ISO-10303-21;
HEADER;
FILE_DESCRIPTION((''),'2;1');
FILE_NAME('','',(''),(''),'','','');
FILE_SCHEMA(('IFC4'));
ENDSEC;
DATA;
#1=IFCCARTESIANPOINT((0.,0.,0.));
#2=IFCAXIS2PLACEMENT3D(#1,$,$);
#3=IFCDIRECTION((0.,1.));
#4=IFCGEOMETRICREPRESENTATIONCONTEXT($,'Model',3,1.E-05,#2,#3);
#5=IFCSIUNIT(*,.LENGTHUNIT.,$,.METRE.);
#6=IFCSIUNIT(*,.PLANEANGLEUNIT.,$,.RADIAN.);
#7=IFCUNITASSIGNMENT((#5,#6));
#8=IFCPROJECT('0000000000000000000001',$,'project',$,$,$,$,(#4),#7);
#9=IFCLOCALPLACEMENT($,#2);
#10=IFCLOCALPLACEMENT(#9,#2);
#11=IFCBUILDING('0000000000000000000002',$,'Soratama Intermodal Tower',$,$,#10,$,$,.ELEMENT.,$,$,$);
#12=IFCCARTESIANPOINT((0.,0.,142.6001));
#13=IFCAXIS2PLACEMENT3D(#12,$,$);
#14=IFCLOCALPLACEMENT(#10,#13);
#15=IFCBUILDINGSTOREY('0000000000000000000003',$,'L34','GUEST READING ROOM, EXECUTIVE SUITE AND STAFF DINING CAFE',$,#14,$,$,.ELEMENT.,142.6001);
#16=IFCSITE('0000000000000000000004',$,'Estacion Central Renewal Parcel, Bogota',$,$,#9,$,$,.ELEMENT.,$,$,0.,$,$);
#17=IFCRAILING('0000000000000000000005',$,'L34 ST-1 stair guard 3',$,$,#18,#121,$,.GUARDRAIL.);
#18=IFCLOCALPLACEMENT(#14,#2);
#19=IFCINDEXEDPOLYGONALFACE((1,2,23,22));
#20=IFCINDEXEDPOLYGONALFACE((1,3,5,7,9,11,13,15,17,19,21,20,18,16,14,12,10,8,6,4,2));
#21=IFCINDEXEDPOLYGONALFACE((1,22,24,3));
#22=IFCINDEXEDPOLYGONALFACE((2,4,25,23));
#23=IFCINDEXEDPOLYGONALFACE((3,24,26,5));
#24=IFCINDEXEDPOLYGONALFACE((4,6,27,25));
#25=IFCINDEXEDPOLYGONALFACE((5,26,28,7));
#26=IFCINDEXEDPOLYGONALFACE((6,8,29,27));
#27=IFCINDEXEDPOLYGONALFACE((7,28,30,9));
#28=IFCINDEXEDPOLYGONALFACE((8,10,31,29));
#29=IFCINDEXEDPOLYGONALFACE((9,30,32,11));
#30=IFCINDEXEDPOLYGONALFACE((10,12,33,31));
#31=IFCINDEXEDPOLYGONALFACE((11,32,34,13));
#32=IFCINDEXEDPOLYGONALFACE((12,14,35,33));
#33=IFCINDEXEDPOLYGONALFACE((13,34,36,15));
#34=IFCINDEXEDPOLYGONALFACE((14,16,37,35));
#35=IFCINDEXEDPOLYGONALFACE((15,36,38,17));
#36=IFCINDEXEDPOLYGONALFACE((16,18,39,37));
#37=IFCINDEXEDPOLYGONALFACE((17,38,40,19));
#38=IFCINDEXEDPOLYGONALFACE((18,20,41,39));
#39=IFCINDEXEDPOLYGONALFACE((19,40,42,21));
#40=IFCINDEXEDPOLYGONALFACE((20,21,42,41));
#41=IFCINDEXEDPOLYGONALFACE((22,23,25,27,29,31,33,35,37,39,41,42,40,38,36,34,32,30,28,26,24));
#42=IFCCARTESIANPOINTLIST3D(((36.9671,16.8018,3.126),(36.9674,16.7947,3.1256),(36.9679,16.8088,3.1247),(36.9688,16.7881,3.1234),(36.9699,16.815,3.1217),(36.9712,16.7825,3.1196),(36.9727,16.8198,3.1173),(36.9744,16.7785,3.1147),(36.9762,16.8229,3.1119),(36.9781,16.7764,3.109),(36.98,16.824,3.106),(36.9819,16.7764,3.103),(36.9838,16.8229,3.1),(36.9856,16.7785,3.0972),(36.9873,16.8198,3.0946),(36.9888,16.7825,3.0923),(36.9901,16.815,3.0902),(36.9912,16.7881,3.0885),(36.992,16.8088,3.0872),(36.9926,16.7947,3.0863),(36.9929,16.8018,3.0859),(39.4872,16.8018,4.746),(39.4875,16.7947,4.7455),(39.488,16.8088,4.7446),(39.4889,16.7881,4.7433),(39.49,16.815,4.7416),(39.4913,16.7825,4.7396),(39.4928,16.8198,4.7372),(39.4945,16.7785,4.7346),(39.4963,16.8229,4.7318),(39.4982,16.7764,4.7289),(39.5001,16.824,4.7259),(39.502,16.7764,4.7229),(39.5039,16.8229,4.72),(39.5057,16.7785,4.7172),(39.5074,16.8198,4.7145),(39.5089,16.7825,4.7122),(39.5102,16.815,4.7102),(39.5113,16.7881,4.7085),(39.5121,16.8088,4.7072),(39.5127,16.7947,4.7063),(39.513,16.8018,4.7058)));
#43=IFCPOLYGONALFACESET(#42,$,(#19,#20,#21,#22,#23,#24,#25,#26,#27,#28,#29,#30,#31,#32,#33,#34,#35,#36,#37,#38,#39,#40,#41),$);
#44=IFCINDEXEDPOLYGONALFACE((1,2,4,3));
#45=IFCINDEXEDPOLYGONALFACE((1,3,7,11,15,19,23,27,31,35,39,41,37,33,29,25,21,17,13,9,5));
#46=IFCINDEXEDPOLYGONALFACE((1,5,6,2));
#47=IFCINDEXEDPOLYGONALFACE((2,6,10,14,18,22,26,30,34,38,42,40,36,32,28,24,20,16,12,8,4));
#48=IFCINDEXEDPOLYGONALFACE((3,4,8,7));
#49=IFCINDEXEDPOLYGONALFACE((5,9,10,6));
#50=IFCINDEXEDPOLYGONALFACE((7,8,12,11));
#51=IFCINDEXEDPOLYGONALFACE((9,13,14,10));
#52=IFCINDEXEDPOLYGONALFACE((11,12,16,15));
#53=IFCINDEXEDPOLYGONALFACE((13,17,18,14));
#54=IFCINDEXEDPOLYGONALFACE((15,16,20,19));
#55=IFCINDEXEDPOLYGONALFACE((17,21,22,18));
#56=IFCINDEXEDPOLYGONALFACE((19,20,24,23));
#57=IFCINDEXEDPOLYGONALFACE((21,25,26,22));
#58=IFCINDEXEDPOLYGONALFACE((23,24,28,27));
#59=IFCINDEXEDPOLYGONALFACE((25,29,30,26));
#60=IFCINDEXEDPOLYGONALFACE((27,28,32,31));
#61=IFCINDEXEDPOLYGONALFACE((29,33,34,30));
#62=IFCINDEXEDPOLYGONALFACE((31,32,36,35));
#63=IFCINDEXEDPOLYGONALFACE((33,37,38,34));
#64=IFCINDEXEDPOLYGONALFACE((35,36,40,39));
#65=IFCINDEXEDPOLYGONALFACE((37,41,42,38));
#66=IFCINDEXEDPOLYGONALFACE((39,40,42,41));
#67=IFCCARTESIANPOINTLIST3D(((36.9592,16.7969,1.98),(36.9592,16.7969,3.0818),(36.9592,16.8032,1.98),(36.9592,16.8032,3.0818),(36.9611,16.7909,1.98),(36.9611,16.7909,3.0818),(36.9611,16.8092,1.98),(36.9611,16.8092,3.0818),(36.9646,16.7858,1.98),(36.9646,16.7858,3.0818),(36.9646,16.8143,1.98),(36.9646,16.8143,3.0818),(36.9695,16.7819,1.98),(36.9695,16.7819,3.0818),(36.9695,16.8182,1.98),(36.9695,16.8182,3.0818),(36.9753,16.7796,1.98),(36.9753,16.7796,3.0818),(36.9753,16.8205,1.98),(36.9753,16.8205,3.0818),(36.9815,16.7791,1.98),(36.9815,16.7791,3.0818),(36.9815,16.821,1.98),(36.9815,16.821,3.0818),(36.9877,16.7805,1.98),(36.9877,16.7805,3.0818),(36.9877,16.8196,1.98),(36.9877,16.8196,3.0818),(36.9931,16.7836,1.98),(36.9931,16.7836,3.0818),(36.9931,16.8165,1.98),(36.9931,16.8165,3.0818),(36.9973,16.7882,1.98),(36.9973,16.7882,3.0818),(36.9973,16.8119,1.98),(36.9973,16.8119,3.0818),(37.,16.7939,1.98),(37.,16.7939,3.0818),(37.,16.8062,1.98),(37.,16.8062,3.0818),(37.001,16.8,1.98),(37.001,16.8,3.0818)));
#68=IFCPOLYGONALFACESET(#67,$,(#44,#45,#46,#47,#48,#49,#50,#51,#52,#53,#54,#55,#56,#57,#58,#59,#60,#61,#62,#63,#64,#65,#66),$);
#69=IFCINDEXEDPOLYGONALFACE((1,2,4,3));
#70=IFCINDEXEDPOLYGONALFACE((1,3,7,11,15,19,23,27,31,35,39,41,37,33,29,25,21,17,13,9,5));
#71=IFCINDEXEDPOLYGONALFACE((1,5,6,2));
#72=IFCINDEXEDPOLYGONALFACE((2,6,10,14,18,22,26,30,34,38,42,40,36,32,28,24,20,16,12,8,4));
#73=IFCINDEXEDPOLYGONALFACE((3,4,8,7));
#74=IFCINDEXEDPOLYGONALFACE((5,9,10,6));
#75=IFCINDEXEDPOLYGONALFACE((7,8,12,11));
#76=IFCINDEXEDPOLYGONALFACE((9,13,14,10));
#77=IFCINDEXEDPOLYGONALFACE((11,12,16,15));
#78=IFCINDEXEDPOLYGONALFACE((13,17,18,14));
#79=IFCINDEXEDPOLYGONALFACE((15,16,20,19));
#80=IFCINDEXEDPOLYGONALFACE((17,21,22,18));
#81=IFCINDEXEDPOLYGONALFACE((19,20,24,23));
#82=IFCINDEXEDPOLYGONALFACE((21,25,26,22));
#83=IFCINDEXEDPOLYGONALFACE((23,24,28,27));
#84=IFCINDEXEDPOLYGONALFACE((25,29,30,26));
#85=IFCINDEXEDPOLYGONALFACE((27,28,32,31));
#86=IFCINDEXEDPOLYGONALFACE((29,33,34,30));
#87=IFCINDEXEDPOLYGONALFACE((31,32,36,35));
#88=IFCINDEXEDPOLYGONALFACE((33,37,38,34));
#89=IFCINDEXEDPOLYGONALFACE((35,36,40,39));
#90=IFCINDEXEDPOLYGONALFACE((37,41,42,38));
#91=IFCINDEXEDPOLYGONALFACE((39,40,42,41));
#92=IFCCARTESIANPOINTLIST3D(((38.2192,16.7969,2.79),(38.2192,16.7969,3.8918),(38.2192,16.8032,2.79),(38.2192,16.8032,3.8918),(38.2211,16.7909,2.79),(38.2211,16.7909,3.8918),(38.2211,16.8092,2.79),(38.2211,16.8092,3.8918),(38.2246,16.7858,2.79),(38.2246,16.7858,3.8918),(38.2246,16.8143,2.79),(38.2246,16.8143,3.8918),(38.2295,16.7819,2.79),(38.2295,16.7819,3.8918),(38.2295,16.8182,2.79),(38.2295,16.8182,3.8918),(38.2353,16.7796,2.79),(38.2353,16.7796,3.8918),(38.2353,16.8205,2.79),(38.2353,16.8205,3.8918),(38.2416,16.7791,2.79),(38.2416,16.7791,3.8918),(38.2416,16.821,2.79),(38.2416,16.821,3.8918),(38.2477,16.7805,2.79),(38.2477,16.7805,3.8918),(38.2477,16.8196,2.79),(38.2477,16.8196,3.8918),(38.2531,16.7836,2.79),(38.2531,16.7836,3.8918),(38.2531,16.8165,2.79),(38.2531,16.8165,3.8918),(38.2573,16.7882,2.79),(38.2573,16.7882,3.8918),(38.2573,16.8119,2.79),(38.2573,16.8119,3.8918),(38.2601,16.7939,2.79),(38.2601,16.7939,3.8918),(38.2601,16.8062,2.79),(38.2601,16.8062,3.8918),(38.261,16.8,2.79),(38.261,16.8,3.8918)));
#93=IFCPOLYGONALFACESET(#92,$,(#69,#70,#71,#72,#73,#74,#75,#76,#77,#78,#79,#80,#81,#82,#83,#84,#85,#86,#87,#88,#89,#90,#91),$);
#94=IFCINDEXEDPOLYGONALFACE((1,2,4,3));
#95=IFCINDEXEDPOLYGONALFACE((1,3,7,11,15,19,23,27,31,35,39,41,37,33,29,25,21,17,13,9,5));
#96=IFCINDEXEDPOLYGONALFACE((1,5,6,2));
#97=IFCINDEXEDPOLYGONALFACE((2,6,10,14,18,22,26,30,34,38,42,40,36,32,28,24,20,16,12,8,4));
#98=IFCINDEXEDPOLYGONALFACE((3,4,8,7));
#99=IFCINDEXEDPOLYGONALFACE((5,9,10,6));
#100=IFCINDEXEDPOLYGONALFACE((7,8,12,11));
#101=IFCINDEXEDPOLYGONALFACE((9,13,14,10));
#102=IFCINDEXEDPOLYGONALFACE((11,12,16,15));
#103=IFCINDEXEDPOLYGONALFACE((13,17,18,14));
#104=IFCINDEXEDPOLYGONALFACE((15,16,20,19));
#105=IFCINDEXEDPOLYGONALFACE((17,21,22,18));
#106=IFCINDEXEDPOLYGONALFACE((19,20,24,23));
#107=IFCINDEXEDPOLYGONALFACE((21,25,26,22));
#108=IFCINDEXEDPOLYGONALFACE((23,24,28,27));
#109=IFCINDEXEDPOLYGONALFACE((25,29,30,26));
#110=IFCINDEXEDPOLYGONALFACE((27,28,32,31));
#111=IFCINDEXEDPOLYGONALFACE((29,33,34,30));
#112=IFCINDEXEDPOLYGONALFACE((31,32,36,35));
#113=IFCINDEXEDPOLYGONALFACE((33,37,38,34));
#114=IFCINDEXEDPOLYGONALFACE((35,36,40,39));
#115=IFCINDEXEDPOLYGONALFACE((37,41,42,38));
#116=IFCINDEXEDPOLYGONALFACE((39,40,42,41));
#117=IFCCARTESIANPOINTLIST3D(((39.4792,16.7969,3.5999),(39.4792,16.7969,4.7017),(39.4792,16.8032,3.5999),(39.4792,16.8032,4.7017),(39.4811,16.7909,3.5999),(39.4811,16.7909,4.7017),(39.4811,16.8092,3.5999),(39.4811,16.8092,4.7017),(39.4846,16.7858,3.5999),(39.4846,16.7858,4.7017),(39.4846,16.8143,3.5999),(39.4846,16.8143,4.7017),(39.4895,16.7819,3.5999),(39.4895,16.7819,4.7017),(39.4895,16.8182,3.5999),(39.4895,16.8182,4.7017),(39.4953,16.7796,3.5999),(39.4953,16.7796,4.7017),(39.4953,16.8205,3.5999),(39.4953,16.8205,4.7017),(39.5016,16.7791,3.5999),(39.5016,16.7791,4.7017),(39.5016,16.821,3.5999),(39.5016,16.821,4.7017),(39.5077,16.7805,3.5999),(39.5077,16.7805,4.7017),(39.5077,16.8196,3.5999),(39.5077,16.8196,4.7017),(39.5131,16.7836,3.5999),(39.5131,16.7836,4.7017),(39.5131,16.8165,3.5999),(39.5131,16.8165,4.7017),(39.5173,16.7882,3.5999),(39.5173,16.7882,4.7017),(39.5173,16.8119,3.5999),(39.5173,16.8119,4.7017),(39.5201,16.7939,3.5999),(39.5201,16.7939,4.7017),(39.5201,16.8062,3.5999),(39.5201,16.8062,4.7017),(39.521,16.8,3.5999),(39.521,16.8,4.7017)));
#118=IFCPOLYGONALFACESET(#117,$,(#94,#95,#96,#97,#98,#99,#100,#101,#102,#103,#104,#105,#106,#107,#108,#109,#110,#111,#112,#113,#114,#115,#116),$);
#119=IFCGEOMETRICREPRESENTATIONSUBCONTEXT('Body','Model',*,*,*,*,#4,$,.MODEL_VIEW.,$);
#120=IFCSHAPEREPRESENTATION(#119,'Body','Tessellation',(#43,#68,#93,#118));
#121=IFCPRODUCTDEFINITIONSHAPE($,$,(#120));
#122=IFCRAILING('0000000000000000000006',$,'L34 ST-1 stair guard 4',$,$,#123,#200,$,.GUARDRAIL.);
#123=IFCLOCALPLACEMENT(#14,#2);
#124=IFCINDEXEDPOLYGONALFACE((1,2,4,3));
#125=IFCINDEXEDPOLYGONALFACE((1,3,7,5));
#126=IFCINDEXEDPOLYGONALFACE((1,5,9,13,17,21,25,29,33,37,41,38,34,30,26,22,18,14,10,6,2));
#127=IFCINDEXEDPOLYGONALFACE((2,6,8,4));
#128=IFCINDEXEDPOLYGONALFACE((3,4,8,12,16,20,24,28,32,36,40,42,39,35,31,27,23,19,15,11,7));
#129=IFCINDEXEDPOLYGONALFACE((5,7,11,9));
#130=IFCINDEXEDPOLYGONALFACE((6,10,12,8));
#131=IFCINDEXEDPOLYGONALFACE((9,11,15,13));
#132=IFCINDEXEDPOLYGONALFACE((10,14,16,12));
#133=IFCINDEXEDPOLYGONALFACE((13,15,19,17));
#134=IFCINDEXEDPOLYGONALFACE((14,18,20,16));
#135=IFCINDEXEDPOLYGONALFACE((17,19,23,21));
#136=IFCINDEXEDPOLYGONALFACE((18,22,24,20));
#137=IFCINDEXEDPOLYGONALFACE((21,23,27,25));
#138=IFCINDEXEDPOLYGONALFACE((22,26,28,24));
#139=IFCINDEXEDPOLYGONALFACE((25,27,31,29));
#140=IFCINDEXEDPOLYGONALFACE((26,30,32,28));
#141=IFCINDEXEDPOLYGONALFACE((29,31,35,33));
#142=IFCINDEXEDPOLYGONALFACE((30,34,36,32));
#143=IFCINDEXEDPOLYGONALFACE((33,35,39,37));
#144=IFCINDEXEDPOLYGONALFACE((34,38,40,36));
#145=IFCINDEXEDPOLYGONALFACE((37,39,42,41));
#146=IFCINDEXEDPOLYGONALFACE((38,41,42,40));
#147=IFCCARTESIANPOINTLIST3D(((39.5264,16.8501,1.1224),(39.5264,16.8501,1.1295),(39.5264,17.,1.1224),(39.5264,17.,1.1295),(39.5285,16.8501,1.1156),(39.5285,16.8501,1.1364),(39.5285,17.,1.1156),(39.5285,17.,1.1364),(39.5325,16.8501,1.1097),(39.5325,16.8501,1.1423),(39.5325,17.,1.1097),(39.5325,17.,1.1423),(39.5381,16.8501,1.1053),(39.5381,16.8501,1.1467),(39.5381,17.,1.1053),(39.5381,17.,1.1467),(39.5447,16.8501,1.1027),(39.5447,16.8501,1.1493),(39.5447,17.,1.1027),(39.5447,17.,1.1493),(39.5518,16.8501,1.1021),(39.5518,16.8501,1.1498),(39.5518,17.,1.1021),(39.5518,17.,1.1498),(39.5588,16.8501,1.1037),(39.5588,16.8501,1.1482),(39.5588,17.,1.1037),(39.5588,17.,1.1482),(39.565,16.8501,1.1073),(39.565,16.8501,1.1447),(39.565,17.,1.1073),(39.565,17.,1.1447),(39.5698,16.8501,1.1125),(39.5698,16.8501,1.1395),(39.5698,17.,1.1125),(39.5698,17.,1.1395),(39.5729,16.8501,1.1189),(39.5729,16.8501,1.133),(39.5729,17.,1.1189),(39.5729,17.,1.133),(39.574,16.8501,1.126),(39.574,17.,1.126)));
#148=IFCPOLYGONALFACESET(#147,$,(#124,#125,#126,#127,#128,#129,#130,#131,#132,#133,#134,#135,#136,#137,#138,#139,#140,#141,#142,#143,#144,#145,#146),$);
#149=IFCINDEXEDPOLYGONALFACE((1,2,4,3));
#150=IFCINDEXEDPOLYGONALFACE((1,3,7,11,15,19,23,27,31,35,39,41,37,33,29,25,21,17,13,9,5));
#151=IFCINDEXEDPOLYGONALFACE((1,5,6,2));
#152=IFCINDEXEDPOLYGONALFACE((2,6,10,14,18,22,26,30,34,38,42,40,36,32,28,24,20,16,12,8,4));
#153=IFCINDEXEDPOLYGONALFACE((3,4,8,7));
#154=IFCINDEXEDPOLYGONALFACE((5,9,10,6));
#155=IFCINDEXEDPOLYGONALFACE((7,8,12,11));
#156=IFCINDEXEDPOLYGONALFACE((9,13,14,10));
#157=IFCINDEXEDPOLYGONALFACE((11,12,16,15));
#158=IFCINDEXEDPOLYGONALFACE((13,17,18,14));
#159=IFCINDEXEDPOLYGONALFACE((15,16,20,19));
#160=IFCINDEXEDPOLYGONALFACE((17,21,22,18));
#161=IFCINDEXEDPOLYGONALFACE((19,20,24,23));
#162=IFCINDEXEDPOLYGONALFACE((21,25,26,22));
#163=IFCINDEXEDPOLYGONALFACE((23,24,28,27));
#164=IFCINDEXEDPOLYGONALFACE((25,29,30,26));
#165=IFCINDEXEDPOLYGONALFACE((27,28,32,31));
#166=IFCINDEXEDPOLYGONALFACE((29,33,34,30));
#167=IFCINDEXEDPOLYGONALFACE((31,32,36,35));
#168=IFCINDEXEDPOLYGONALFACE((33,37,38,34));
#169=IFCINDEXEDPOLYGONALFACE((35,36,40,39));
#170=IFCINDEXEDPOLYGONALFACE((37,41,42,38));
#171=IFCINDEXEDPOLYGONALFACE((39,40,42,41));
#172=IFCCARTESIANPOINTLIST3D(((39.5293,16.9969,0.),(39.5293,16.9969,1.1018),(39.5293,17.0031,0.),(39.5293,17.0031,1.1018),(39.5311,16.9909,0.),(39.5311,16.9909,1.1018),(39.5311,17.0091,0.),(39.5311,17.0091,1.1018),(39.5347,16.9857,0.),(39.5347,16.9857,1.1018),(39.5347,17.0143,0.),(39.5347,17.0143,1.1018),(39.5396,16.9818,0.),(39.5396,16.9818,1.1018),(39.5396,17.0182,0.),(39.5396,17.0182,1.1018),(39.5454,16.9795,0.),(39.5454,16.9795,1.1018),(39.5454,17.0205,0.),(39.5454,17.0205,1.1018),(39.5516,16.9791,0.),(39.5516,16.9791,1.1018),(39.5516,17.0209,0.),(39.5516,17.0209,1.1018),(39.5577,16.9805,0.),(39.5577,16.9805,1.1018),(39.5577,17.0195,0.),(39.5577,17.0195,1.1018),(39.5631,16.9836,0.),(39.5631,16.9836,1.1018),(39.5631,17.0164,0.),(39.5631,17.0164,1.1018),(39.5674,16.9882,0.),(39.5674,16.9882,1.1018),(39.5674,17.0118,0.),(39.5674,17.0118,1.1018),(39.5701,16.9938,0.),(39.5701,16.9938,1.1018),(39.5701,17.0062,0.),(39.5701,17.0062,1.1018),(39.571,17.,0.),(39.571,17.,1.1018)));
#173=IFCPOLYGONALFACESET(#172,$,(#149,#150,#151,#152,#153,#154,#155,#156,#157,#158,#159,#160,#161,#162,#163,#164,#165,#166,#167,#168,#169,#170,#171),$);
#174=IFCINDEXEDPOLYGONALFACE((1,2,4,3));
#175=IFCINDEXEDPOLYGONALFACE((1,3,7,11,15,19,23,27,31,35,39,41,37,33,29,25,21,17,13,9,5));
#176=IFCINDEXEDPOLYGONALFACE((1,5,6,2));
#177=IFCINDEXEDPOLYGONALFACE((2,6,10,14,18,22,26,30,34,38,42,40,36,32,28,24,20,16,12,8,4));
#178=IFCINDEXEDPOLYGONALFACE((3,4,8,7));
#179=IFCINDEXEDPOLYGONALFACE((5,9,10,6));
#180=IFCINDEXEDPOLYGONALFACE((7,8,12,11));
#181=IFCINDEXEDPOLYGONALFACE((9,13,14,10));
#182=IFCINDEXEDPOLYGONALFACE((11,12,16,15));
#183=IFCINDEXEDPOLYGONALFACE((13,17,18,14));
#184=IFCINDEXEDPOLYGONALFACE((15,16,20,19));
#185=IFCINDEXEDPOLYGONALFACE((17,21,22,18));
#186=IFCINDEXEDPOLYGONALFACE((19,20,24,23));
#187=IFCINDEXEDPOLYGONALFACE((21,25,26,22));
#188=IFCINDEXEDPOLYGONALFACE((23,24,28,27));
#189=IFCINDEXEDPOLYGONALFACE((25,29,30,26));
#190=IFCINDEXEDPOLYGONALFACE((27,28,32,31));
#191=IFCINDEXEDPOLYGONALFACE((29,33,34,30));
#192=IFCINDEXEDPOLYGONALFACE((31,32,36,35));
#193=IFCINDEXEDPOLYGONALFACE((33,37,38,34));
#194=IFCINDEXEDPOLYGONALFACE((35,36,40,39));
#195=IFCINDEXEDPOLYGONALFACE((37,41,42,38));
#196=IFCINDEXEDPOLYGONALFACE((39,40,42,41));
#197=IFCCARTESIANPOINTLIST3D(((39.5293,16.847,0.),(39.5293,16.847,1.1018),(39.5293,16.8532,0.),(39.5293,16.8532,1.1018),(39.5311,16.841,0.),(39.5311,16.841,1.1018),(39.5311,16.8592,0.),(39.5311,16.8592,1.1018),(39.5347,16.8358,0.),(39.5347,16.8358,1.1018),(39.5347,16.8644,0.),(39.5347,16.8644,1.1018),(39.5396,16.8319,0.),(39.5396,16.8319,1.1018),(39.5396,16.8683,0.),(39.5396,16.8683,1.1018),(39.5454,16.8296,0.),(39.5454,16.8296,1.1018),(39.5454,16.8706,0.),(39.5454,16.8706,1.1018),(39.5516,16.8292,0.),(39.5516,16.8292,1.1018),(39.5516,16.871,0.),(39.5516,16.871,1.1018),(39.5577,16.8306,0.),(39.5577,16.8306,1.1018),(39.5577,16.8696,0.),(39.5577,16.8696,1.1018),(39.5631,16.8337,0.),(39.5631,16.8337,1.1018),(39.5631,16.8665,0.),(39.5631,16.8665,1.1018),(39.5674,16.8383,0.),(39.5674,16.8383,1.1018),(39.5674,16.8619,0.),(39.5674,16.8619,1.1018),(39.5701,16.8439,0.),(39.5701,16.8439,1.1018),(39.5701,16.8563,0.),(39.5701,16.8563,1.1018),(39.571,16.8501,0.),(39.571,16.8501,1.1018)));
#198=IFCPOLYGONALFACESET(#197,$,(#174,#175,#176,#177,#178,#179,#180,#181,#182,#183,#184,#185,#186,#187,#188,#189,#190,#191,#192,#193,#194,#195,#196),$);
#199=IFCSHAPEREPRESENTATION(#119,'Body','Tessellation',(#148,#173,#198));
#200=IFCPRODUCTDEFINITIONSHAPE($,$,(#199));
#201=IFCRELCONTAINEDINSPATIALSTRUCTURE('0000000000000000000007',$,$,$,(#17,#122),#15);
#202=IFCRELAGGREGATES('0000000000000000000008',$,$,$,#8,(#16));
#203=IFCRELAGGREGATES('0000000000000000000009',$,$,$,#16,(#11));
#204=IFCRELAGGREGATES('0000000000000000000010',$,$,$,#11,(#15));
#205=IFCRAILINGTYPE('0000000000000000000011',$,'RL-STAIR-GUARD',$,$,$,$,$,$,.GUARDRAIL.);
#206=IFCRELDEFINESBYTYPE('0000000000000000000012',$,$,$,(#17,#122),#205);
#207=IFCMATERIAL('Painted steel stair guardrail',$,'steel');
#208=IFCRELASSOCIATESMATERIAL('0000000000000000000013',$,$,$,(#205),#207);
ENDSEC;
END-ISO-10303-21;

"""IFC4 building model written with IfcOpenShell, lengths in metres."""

from ifc_helpers import new_model, si_unit, direction, frame, origin, origin_2d, place, context, subcontext, project, spatial, circle, extrude, material, type_object, element, save


model = new_model("IFC4")

# Units and contexts
model_context = context("Model", 3, precision=1e-05, world=origin(), true_north=direction((0.0, 1.0)))
body_context = subcontext(model_context, "Body", "Model", "MODEL_VIEW")
ifc_project = project(units=[si_unit("LENGTHUNIT", "METRE"), si_unit("PLANEANGLEUNIT", "RADIAN")], contexts=[model_context])

# Site, building, storey
site_placement = place(None, origin())
site = spatial("IfcSite", under=ifc_project, at=site_placement, Name="Estacion Central Renewal Parcel, Bogota", CompositionType="ELEMENT", RefElevation=0.0)
building_placement = place(site_placement, origin())
building = spatial("IfcBuilding", under=site, at=building_placement, Name="Soratama Intermodal Tower", CompositionType="ELEMENT")
storey_placement = place(building_placement, frame((0.0, 0.0, 142.6001)))
storey = spatial("IfcBuildingStorey", under=building, at=storey_placement, Name="L34", Description="GUEST READING ROOM, EXECUTIVE SUITE AND STAFF DINING CAFE", CompositionType="ELEMENT", Elevation=142.6001)

# Railings
ifc_material_1 = material(Name="Painted steel stair guardrail", Category="steel")
railing_type_1 = type_object("IfcRailingType", Name="RL-STAIR-GUARD", PredefinedType="GUARDRAIL", material=ifc_material_1)
railing_1_placement = place(storey_placement, frame((36.98, 16.8, 1.98)))
element("IfcRailing", 1, at=railing_1_placement, inside=storey, type_object=railing_type_1, Name="L34 ST-1 stair guard 3", PredefinedType="GUARDRAIL", context=body_context, shape_type="SweptSolid", body=[
    extrude(circle(Radius=0.0239, at=origin_2d()), frame((0.0, 0.0, 1.126), z_axis=(0.8412, 0.0, 0.540725), x_axis=(0.0, 1.0, 0.0)), (0.0, 0.0, 1.0), 2.9958),
    extrude(circle(Radius=0.021, at=origin_2d()), origin(), (0.0, 0.0, 1.0), 1.1018),
    extrude(circle(Radius=0.021, at=origin_2d()), frame((1.26, 0.0, 0.8101)), (0.0, 0.0, 1.0), 1.1018),
    extrude(circle(Radius=0.021, at=origin_2d()), frame((2.52, 0.0, 1.6199)), (0.0, 0.0, 1.0), 1.1018),
])
railing_2_placement = place(storey_placement, frame((39.55, 17.0, 0.0)))
element("IfcRailing", 2, at=railing_2_placement, inside=storey, type_object=railing_type_1, Name="L34 ST-1 stair guard 4", PredefinedType="GUARDRAIL", context=body_context, shape_type="SweptSolid", body=[
    extrude(circle(Radius=0.0239, at=origin_2d()), frame((0.0, 0.0, 1.126), z_axis=(0.0, -1.0, 0.0), x_axis=(1.0, 0.0, 0.0)), (0.0, 0.0, 1.0), 0.1499),
    extrude(circle(Radius=0.021, at=origin_2d()), origin(), (0.0, 0.0, 1.0), 1.1018),
    extrude(circle(Radius=0.021, at=origin_2d()), frame((0.0, -0.1499, 0.0)), (0.0, 0.0, 1.0), 1.1018),
])

save(model, "model.ifc")
